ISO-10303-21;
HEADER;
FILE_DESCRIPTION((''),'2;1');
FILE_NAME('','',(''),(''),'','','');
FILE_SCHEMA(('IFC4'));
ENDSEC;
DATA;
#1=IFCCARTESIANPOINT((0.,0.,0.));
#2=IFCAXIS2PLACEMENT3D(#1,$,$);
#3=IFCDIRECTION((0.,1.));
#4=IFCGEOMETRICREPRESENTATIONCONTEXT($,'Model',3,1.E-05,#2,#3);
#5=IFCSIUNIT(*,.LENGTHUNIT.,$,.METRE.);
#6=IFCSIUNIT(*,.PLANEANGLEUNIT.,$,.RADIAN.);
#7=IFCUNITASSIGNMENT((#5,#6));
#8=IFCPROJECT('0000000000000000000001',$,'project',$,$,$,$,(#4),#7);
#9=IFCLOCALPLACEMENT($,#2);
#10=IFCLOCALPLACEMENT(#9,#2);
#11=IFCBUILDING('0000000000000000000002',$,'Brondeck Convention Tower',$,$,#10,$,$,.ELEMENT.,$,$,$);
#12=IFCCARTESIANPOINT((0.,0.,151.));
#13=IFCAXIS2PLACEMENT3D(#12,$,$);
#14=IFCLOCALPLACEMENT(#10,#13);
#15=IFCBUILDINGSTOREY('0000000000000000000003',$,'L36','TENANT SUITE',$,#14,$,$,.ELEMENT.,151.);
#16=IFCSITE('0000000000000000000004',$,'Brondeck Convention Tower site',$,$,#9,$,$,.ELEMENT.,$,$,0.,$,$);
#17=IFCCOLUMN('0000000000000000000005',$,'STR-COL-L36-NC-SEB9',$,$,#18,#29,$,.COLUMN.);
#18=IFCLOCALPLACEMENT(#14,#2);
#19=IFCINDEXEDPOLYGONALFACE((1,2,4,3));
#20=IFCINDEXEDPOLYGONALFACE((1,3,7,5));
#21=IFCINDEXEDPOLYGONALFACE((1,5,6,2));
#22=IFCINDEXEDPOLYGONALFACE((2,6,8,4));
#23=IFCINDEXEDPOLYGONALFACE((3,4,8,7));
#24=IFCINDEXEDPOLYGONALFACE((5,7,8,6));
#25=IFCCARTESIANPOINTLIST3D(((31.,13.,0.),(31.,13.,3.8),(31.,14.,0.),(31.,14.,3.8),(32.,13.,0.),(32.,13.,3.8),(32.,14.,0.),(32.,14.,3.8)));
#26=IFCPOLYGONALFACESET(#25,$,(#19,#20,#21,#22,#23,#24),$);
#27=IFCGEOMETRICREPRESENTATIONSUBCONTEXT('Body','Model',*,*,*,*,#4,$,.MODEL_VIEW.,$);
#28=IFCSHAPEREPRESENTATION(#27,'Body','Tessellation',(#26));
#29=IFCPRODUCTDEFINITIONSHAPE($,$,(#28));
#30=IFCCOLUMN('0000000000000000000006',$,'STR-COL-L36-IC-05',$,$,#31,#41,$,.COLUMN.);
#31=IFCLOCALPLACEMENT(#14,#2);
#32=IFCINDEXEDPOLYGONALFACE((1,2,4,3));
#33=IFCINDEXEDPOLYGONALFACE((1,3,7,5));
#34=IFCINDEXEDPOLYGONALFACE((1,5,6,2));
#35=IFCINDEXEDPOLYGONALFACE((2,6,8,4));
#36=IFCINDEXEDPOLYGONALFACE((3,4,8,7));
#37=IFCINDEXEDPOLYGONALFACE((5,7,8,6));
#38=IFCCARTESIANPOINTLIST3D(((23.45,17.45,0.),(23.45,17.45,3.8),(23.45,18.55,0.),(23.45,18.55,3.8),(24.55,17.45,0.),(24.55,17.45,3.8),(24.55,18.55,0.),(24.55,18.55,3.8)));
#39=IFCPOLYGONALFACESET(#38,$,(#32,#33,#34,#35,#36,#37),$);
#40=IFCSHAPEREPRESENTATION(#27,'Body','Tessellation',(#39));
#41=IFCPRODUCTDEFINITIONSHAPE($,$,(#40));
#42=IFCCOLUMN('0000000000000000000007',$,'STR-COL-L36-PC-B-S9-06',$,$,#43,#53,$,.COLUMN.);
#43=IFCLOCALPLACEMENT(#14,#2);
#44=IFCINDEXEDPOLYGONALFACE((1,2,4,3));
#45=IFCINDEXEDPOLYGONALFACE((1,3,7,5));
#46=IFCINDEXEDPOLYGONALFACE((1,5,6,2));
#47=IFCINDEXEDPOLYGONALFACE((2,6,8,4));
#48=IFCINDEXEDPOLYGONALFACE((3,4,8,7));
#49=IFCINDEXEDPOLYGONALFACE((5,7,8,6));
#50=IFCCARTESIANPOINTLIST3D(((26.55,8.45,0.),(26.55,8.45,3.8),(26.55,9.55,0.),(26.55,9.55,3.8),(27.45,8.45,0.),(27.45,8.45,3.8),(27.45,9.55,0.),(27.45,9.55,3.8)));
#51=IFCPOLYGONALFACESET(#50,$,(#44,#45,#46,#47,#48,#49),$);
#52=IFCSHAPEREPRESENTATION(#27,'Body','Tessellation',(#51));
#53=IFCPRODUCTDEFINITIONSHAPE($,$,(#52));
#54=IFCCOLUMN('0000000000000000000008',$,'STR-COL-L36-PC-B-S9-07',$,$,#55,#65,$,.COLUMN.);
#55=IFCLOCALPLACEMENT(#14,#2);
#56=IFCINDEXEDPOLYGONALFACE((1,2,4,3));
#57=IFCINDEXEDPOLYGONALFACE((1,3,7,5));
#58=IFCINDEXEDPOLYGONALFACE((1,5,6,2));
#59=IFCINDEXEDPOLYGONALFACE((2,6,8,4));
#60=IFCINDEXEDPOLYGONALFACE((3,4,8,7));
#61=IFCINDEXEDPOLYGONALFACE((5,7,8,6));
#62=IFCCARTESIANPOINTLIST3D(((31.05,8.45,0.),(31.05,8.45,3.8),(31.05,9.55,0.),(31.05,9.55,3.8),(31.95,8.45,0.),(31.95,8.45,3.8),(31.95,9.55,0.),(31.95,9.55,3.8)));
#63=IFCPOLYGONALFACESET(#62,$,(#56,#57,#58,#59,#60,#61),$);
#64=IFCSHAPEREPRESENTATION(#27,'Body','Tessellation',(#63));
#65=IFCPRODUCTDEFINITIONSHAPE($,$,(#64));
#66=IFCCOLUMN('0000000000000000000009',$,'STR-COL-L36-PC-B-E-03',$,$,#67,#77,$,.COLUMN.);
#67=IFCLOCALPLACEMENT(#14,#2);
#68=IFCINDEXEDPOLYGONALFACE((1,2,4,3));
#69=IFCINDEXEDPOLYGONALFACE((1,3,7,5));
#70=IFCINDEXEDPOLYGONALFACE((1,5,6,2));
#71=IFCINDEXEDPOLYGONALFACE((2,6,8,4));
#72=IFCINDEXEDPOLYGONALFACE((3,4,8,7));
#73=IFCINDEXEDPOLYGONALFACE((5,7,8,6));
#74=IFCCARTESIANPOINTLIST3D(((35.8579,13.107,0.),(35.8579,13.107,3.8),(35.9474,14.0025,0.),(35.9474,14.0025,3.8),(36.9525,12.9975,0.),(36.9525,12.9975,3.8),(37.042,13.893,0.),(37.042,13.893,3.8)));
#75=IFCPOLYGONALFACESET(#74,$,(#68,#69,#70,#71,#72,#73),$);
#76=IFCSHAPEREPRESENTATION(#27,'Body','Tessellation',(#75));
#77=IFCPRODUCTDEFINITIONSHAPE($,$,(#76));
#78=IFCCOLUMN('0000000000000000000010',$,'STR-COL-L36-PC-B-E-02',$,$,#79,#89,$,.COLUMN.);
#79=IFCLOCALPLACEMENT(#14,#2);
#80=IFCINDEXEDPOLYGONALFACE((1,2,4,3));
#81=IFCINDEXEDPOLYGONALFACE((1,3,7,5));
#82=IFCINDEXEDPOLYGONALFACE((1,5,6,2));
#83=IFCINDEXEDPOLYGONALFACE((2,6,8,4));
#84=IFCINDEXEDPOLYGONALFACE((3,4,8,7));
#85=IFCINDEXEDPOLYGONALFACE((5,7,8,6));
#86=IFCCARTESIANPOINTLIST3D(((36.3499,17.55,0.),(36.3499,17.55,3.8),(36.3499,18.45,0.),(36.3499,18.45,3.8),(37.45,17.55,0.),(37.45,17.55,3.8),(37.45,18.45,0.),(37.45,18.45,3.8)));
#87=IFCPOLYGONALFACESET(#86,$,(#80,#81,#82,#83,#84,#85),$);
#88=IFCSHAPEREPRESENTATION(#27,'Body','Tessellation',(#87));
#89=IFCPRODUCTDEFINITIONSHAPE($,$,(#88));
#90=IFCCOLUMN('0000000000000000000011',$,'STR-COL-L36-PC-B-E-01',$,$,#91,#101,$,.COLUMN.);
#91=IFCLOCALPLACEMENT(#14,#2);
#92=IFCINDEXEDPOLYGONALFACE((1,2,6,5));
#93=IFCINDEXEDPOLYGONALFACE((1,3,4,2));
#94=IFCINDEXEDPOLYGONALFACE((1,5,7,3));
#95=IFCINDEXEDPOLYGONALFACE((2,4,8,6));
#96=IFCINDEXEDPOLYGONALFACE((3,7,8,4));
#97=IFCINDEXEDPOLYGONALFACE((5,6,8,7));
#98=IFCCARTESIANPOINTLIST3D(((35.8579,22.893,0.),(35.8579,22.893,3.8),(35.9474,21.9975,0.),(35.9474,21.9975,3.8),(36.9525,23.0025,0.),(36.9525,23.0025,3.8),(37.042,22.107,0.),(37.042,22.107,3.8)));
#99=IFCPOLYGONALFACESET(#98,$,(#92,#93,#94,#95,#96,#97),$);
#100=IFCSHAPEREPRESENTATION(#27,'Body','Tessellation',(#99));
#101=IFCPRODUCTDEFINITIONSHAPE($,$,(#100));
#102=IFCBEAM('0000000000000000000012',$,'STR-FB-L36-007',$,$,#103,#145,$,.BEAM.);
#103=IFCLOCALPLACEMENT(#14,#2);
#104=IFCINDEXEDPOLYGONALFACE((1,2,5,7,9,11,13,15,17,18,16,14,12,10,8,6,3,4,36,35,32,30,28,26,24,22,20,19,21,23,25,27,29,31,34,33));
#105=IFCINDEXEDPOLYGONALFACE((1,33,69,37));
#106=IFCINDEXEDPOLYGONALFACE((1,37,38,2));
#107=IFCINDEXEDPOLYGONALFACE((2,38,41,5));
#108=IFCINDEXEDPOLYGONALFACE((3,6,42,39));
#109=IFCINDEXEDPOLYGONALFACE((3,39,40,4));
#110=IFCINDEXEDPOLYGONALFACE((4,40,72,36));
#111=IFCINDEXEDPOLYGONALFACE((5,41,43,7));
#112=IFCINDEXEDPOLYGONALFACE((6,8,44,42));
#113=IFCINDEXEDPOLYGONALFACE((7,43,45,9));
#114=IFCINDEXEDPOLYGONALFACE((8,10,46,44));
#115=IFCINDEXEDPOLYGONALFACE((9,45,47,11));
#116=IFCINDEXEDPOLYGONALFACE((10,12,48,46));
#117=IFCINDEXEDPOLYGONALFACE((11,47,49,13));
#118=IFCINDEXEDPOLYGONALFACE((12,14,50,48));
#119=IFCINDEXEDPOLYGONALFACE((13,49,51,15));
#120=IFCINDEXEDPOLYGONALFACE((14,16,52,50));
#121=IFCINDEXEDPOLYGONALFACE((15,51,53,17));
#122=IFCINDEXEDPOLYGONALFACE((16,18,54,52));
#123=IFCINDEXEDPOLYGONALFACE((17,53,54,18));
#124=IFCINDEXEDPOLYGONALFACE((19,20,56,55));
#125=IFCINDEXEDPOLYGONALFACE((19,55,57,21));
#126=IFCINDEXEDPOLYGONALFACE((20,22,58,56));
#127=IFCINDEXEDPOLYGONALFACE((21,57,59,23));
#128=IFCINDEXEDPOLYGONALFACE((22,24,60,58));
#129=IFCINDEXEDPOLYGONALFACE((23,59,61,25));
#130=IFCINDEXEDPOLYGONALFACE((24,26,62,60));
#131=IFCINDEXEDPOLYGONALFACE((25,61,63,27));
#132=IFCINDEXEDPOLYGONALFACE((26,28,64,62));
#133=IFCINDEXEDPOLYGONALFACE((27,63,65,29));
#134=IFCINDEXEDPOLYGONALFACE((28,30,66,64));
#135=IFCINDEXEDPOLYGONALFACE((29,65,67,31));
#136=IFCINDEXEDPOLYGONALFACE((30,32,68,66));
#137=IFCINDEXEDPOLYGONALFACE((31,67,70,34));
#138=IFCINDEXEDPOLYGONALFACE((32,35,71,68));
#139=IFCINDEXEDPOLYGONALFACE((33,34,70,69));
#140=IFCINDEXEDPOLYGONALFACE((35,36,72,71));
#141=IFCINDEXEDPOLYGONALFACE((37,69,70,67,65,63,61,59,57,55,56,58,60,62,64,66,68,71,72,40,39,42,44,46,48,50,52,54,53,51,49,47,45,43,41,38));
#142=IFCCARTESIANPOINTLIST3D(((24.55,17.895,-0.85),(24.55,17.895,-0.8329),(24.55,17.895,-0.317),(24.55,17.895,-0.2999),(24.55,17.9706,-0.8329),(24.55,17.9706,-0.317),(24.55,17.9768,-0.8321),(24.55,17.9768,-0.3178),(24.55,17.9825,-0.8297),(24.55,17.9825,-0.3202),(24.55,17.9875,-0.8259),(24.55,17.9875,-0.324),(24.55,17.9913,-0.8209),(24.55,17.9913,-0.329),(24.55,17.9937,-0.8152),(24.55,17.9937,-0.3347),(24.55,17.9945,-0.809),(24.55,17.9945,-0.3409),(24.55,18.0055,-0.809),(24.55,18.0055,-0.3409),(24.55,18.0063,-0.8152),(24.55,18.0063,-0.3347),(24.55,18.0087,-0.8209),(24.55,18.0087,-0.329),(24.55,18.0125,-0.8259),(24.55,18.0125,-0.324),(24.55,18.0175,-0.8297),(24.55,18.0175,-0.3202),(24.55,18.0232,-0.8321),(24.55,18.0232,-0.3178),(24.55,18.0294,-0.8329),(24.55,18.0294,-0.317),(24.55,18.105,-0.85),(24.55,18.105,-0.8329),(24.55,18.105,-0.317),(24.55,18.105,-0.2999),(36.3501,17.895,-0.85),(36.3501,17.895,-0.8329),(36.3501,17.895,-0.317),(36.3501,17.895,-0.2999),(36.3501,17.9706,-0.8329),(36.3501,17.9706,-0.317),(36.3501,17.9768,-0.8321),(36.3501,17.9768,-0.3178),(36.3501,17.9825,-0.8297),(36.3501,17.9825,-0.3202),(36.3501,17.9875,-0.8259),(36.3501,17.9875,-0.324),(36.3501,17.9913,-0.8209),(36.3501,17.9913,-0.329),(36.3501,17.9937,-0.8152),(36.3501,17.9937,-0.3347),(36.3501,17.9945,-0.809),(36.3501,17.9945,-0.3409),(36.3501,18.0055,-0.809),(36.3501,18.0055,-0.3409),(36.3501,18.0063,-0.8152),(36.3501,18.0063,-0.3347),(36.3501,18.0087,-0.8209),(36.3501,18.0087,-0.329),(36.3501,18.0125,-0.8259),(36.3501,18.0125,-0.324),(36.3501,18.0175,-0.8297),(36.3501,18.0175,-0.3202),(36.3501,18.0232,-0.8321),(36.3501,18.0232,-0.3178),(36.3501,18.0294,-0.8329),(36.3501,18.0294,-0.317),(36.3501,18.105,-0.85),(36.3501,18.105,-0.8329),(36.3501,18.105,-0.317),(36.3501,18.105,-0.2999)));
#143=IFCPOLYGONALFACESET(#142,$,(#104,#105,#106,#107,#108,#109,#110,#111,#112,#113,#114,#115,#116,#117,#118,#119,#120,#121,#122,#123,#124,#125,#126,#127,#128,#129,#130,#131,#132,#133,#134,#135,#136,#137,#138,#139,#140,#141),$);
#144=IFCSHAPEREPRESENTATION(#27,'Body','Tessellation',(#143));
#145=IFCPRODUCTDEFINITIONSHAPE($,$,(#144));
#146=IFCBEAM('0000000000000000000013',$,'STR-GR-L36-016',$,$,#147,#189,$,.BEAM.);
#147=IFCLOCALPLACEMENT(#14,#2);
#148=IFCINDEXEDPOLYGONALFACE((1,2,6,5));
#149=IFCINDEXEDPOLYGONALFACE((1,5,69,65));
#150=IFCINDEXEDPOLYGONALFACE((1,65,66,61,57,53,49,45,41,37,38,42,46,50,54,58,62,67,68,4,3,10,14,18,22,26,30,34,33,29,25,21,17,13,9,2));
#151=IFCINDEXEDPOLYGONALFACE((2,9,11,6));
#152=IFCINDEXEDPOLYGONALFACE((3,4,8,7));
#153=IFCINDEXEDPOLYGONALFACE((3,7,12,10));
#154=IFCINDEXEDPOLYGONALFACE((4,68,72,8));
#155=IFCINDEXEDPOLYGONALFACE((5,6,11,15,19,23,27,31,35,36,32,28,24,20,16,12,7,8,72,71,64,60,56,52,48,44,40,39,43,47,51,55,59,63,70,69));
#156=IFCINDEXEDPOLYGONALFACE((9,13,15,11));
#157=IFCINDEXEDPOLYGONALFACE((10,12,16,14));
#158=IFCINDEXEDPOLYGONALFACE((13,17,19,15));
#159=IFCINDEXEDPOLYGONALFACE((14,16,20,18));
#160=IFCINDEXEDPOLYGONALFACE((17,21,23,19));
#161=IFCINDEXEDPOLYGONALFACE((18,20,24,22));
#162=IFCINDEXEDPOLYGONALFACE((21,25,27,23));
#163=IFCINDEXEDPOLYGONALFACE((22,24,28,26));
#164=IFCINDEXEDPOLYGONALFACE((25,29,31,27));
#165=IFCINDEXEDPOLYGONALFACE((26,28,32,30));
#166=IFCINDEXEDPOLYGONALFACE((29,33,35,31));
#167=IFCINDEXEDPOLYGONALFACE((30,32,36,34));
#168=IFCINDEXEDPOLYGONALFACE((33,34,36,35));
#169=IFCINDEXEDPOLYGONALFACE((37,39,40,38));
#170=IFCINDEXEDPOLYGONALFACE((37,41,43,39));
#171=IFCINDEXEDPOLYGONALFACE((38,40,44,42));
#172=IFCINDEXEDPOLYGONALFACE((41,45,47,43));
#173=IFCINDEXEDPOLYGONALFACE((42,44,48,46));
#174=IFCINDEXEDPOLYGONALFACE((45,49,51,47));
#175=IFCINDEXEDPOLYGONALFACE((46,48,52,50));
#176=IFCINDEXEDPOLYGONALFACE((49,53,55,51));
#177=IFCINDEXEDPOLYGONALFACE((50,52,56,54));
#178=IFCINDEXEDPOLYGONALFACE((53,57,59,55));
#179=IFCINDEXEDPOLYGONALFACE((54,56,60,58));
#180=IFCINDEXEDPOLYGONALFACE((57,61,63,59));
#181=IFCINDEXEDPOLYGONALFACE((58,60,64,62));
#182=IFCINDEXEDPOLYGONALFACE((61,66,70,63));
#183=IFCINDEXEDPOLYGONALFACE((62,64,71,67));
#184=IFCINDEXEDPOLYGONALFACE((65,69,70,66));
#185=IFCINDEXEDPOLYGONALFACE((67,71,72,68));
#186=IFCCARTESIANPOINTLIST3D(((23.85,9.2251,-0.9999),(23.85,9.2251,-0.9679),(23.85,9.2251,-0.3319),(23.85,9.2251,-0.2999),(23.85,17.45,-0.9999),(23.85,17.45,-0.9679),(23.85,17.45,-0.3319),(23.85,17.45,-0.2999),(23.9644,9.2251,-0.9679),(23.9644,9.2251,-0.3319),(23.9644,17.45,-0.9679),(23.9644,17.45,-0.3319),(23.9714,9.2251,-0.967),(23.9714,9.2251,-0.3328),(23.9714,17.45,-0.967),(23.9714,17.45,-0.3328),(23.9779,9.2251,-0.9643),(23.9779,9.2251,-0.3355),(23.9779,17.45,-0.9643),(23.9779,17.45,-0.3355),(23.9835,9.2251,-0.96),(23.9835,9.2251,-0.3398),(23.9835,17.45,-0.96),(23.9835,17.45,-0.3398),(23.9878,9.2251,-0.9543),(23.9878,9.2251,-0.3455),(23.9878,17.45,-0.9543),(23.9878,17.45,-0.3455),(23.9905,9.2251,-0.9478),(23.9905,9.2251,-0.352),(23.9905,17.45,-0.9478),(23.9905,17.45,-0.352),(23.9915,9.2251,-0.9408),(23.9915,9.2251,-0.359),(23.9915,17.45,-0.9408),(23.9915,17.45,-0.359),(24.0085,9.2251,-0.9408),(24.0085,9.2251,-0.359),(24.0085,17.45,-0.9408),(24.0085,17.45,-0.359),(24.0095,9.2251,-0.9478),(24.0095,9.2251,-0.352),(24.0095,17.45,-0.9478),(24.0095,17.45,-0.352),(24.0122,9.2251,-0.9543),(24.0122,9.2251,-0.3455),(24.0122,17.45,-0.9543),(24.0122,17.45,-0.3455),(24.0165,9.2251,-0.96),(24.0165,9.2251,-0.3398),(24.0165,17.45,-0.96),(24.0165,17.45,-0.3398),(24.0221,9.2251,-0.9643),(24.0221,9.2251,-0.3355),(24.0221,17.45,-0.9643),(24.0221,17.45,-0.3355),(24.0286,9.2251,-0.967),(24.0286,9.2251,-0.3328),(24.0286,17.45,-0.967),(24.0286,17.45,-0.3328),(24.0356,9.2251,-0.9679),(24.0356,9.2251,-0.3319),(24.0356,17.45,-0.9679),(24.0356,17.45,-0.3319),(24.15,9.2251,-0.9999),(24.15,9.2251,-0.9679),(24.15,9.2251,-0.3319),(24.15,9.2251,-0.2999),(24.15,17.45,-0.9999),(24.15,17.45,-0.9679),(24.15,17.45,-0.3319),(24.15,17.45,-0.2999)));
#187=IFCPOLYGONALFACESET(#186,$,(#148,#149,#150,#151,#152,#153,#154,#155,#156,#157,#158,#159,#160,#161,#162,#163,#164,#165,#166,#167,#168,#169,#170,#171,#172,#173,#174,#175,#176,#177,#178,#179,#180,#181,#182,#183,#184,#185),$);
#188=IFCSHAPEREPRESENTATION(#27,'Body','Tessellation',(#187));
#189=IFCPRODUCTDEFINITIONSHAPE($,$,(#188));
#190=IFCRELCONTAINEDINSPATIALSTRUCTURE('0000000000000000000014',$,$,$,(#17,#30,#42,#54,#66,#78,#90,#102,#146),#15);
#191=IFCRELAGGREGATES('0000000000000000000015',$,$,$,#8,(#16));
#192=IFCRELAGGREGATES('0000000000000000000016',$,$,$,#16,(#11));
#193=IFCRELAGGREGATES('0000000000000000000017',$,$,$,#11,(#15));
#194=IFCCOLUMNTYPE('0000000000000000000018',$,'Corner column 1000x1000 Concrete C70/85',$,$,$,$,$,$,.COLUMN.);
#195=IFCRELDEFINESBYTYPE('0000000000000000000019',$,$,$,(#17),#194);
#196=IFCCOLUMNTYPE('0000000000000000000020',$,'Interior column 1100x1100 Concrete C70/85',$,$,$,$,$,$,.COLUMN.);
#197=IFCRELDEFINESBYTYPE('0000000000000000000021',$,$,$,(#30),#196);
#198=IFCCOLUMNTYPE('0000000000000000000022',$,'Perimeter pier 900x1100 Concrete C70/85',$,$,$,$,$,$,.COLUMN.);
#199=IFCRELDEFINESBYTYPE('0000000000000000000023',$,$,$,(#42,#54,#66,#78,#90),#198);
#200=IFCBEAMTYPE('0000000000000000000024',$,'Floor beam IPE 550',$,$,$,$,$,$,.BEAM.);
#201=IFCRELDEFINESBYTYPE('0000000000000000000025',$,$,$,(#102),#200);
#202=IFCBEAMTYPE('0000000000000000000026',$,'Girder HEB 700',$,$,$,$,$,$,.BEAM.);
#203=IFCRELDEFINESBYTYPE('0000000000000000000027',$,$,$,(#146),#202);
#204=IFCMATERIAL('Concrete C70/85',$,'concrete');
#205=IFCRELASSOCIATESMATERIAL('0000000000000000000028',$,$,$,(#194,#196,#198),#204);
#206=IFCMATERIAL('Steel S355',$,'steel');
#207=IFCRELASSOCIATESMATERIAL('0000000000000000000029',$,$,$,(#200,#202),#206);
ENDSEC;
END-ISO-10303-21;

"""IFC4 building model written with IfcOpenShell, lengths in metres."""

from ifc_helpers import new_model, si_unit, direction, frame, origin, origin_2d, place, context, subcontext, project, spatial, rectangle, i_section, extrude, material, material_profile, profile_set, type_object, element, save


model = new_model("IFC4")

# Units and contexts
model_context = context("Model", 3, precision=1e-05, world=origin(), true_north=direction((0.0, 1.0)))
body_context = subcontext(model_context, "Body", "Model", "MODEL_VIEW")
ifc_project = project(units=[si_unit("LENGTHUNIT", "METRE"), si_unit("PLANEANGLEUNIT", "RADIAN")], contexts=[model_context])

# Site, building, storey
site_placement = place(None, origin())
site = spatial("IfcSite", under=ifc_project, at=site_placement, Name="Brondeck Convention Tower site", CompositionType="ELEMENT", RefElevation=0.0)
building_placement = place(site_placement, origin())
building = spatial("IfcBuilding", under=site, at=building_placement, Name="Brondeck Convention Tower", CompositionType="ELEMENT")
storey_placement = place(building_placement, frame((0.0, 0.0, 151.0)))
storey = spatial("IfcBuildingStorey", under=building, at=storey_placement, Name="L36", Description="TENANT SUITE", CompositionType="ELEMENT", Elevation=151.0)

# Columns
ifc_material_1 = material(Name="Concrete C70/85", Category="concrete")
ifc_material_profile_1 = material_profile(ifc_material_1, rectangle(XDim=1.0, YDim=1.0, at=origin_2d()), Name="Corner column 1000x1000 Concrete C70/85")
ifc_profile_set_1 = profile_set([ifc_material_profile_1], Name="Concrete C70/85")
column_type_1 = type_object("IfcColumnType", Name="Corner column 1000x1000 Concrete C70/85", PredefinedType="COLUMN", material=ifc_profile_set_1)
column_1_placement = place(storey_placement, frame((31.5, 13.5, 0.0), z_axis=(0.0, 0.0, 1.0), x_axis=(1.0, 0.0, 0.0)))
element("IfcColumn", 1, at=column_1_placement, inside=storey, type_object=column_type_1, Name="STR-COL-L36-NC-SEB9", PredefinedType="COLUMN", context=body_context, shape_type="SweptSolid", body=[
    extrude(rectangle(XDim=1.0, YDim=1.0, at=origin_2d()), origin(), (0.0, 0.0, 1.0), 3.8),
])
ifc_material_profile_2 = material_profile(ifc_material_1, rectangle(XDim=1.1001, YDim=1.1001, at=origin_2d()), Name="Interior column 1100x1100 Concrete C70/85")
ifc_profile_set_2 = profile_set([ifc_material_profile_2], Name="Concrete C70/85")
column_type_2 = type_object("IfcColumnType", Name="Interior column 1100x1100 Concrete C70/85", PredefinedType="COLUMN", material=ifc_profile_set_2)
column_2_placement = place(storey_placement, frame((24.0, 18.0, 0.0), z_axis=(0.0, 0.0, 1.0), x_axis=(1.0, 0.0, 0.0)))
element("IfcColumn", 2, at=column_2_placement, inside=storey, type_object=column_type_2, Name="STR-COL-L36-IC-05", PredefinedType="COLUMN", context=body_context, shape_type="SweptSolid", body=[
    extrude(rectangle(XDim=1.1001, YDim=1.1001, at=origin_2d()), origin(), (0.0, 0.0, 1.0), 3.8),
])
ifc_material_profile_3 = material_profile(ifc_material_1, rectangle(XDim=0.8999, YDim=1.1001, at=origin_2d()), Name="Perimeter pier 900x1100 Concrete C70/85")
ifc_profile_set_3 = profile_set([ifc_material_profile_3], Name="Concrete C70/85")
column_type_3 = type_object("IfcColumnType", Name="Perimeter pier 900x1100 Concrete C70/85", PredefinedType="COLUMN", material=ifc_profile_set_3)
for number, where, z_axis, x_axis, name in (
    (3, (27.0, 9.0, 0.0), (0.0, 0.0, 1.0), (1.0, 0.0, 0.0), "STR-COL-L36-PC-B-S9-06"),
    (4, (31.5, 9.0, 0.0), (0.0, 0.0, 1.0), (1.0, 0.0, 0.0), "STR-COL-L36-PC-B-S9-07"),
    (5, (36.45, 13.5, 0.0), (0.0, 0.0, 1.0), (0.099504, 0.995037, 0.0), "STR-COL-L36-PC-B-E-03"),
    (6, (36.8999, 18.0, 0.0), (0.0, 0.0, 1.0), (0.0, 1.0, 0.0), "STR-COL-L36-PC-B-E-02"),
    (7, (36.45, 22.5, 0.0), (0.0, 0.0, 1.0), (-0.099504, 0.995037, 0.0), "STR-COL-L36-PC-B-E-01"),
):
    element("IfcColumn", number, at=place(storey_placement, frame(where, z_axis=z_axis, x_axis=x_axis)), inside=storey, type_object=column_type_3, Name=name, PredefinedType="COLUMN", context=body_context, shape_type="SweptSolid", body=[
        extrude(rectangle(XDim=0.8999, YDim=1.1001, at=origin_2d()), origin(), (0.0, 0.0, 1.0), 3.8),
    ])

# Beams
ifc_material_2 = material(Name="Steel S355", Category="steel")
ifc_material_profile_4 = material_profile(ifc_material_2, i_section(OverallWidth=0.21, OverallDepth=0.55, WebThickness=0.011, FlangeThickness=0.0171, FilletRadius=0.0239, at=origin_2d()), Name="IPE 550")
ifc_profile_set_4 = profile_set([ifc_material_profile_4], Name="Steel S355")
beam_type_1 = type_object("IfcBeamType", Name="Floor beam IPE 550", PredefinedType="BEAM", material=ifc_profile_set_4)
beam_1_placement = place(storey_placement, frame((24.55, 18.0, -0.575), z_axis=(1.0, 0.0, 0.0), x_axis=(0.0, 1.0, 0.0)))
element("IfcBeam", 8, at=beam_1_placement, inside=storey, type_object=beam_type_1, Name="STR-FB-L36-007", PredefinedType="BEAM", context=body_context, shape_type="SweptSolid", body=[
    extrude(i_section(OverallWidth=0.21, OverallDepth=0.55, WebThickness=0.011, FlangeThickness=0.0171, FilletRadius=0.0239, at=origin_2d()), origin(), (0.0, 0.0, 1.0), 11.8),
])
ifc_material_profile_5 = material_profile(ifc_material_2, i_section(OverallWidth=0.3, OverallDepth=0.7, WebThickness=0.0171, FlangeThickness=0.032, FilletRadius=0.0271, at=origin_2d()), Name="HEB 700")
ifc_profile_set_5 = profile_set([ifc_material_profile_5], Name="Steel S355")
beam_type_2 = type_object("IfcBeamType", Name="Girder HEB 700", PredefinedType="BEAM", material=ifc_profile_set_5)
beam_2_placement = place(storey_placement, frame((24.0, 17.45, -0.6499), z_axis=(0.0, -1.0, 0.0), x_axis=(1.0, 0.0, 0.0)))
element("IfcBeam", 9, at=beam_2_placement, inside=storey, type_object=beam_type_2, Name="STR-GR-L36-016", PredefinedType="BEAM", context=body_context, shape_type="SweptSolid", body=[
    extrude(i_section(OverallWidth=0.3, OverallDepth=0.7, WebThickness=0.0171, FlangeThickness=0.032, FilletRadius=0.0271, at=origin_2d()), origin(), (0.0, 0.0, 1.0), 8.2249),
])

save(model, "model.ifc")
